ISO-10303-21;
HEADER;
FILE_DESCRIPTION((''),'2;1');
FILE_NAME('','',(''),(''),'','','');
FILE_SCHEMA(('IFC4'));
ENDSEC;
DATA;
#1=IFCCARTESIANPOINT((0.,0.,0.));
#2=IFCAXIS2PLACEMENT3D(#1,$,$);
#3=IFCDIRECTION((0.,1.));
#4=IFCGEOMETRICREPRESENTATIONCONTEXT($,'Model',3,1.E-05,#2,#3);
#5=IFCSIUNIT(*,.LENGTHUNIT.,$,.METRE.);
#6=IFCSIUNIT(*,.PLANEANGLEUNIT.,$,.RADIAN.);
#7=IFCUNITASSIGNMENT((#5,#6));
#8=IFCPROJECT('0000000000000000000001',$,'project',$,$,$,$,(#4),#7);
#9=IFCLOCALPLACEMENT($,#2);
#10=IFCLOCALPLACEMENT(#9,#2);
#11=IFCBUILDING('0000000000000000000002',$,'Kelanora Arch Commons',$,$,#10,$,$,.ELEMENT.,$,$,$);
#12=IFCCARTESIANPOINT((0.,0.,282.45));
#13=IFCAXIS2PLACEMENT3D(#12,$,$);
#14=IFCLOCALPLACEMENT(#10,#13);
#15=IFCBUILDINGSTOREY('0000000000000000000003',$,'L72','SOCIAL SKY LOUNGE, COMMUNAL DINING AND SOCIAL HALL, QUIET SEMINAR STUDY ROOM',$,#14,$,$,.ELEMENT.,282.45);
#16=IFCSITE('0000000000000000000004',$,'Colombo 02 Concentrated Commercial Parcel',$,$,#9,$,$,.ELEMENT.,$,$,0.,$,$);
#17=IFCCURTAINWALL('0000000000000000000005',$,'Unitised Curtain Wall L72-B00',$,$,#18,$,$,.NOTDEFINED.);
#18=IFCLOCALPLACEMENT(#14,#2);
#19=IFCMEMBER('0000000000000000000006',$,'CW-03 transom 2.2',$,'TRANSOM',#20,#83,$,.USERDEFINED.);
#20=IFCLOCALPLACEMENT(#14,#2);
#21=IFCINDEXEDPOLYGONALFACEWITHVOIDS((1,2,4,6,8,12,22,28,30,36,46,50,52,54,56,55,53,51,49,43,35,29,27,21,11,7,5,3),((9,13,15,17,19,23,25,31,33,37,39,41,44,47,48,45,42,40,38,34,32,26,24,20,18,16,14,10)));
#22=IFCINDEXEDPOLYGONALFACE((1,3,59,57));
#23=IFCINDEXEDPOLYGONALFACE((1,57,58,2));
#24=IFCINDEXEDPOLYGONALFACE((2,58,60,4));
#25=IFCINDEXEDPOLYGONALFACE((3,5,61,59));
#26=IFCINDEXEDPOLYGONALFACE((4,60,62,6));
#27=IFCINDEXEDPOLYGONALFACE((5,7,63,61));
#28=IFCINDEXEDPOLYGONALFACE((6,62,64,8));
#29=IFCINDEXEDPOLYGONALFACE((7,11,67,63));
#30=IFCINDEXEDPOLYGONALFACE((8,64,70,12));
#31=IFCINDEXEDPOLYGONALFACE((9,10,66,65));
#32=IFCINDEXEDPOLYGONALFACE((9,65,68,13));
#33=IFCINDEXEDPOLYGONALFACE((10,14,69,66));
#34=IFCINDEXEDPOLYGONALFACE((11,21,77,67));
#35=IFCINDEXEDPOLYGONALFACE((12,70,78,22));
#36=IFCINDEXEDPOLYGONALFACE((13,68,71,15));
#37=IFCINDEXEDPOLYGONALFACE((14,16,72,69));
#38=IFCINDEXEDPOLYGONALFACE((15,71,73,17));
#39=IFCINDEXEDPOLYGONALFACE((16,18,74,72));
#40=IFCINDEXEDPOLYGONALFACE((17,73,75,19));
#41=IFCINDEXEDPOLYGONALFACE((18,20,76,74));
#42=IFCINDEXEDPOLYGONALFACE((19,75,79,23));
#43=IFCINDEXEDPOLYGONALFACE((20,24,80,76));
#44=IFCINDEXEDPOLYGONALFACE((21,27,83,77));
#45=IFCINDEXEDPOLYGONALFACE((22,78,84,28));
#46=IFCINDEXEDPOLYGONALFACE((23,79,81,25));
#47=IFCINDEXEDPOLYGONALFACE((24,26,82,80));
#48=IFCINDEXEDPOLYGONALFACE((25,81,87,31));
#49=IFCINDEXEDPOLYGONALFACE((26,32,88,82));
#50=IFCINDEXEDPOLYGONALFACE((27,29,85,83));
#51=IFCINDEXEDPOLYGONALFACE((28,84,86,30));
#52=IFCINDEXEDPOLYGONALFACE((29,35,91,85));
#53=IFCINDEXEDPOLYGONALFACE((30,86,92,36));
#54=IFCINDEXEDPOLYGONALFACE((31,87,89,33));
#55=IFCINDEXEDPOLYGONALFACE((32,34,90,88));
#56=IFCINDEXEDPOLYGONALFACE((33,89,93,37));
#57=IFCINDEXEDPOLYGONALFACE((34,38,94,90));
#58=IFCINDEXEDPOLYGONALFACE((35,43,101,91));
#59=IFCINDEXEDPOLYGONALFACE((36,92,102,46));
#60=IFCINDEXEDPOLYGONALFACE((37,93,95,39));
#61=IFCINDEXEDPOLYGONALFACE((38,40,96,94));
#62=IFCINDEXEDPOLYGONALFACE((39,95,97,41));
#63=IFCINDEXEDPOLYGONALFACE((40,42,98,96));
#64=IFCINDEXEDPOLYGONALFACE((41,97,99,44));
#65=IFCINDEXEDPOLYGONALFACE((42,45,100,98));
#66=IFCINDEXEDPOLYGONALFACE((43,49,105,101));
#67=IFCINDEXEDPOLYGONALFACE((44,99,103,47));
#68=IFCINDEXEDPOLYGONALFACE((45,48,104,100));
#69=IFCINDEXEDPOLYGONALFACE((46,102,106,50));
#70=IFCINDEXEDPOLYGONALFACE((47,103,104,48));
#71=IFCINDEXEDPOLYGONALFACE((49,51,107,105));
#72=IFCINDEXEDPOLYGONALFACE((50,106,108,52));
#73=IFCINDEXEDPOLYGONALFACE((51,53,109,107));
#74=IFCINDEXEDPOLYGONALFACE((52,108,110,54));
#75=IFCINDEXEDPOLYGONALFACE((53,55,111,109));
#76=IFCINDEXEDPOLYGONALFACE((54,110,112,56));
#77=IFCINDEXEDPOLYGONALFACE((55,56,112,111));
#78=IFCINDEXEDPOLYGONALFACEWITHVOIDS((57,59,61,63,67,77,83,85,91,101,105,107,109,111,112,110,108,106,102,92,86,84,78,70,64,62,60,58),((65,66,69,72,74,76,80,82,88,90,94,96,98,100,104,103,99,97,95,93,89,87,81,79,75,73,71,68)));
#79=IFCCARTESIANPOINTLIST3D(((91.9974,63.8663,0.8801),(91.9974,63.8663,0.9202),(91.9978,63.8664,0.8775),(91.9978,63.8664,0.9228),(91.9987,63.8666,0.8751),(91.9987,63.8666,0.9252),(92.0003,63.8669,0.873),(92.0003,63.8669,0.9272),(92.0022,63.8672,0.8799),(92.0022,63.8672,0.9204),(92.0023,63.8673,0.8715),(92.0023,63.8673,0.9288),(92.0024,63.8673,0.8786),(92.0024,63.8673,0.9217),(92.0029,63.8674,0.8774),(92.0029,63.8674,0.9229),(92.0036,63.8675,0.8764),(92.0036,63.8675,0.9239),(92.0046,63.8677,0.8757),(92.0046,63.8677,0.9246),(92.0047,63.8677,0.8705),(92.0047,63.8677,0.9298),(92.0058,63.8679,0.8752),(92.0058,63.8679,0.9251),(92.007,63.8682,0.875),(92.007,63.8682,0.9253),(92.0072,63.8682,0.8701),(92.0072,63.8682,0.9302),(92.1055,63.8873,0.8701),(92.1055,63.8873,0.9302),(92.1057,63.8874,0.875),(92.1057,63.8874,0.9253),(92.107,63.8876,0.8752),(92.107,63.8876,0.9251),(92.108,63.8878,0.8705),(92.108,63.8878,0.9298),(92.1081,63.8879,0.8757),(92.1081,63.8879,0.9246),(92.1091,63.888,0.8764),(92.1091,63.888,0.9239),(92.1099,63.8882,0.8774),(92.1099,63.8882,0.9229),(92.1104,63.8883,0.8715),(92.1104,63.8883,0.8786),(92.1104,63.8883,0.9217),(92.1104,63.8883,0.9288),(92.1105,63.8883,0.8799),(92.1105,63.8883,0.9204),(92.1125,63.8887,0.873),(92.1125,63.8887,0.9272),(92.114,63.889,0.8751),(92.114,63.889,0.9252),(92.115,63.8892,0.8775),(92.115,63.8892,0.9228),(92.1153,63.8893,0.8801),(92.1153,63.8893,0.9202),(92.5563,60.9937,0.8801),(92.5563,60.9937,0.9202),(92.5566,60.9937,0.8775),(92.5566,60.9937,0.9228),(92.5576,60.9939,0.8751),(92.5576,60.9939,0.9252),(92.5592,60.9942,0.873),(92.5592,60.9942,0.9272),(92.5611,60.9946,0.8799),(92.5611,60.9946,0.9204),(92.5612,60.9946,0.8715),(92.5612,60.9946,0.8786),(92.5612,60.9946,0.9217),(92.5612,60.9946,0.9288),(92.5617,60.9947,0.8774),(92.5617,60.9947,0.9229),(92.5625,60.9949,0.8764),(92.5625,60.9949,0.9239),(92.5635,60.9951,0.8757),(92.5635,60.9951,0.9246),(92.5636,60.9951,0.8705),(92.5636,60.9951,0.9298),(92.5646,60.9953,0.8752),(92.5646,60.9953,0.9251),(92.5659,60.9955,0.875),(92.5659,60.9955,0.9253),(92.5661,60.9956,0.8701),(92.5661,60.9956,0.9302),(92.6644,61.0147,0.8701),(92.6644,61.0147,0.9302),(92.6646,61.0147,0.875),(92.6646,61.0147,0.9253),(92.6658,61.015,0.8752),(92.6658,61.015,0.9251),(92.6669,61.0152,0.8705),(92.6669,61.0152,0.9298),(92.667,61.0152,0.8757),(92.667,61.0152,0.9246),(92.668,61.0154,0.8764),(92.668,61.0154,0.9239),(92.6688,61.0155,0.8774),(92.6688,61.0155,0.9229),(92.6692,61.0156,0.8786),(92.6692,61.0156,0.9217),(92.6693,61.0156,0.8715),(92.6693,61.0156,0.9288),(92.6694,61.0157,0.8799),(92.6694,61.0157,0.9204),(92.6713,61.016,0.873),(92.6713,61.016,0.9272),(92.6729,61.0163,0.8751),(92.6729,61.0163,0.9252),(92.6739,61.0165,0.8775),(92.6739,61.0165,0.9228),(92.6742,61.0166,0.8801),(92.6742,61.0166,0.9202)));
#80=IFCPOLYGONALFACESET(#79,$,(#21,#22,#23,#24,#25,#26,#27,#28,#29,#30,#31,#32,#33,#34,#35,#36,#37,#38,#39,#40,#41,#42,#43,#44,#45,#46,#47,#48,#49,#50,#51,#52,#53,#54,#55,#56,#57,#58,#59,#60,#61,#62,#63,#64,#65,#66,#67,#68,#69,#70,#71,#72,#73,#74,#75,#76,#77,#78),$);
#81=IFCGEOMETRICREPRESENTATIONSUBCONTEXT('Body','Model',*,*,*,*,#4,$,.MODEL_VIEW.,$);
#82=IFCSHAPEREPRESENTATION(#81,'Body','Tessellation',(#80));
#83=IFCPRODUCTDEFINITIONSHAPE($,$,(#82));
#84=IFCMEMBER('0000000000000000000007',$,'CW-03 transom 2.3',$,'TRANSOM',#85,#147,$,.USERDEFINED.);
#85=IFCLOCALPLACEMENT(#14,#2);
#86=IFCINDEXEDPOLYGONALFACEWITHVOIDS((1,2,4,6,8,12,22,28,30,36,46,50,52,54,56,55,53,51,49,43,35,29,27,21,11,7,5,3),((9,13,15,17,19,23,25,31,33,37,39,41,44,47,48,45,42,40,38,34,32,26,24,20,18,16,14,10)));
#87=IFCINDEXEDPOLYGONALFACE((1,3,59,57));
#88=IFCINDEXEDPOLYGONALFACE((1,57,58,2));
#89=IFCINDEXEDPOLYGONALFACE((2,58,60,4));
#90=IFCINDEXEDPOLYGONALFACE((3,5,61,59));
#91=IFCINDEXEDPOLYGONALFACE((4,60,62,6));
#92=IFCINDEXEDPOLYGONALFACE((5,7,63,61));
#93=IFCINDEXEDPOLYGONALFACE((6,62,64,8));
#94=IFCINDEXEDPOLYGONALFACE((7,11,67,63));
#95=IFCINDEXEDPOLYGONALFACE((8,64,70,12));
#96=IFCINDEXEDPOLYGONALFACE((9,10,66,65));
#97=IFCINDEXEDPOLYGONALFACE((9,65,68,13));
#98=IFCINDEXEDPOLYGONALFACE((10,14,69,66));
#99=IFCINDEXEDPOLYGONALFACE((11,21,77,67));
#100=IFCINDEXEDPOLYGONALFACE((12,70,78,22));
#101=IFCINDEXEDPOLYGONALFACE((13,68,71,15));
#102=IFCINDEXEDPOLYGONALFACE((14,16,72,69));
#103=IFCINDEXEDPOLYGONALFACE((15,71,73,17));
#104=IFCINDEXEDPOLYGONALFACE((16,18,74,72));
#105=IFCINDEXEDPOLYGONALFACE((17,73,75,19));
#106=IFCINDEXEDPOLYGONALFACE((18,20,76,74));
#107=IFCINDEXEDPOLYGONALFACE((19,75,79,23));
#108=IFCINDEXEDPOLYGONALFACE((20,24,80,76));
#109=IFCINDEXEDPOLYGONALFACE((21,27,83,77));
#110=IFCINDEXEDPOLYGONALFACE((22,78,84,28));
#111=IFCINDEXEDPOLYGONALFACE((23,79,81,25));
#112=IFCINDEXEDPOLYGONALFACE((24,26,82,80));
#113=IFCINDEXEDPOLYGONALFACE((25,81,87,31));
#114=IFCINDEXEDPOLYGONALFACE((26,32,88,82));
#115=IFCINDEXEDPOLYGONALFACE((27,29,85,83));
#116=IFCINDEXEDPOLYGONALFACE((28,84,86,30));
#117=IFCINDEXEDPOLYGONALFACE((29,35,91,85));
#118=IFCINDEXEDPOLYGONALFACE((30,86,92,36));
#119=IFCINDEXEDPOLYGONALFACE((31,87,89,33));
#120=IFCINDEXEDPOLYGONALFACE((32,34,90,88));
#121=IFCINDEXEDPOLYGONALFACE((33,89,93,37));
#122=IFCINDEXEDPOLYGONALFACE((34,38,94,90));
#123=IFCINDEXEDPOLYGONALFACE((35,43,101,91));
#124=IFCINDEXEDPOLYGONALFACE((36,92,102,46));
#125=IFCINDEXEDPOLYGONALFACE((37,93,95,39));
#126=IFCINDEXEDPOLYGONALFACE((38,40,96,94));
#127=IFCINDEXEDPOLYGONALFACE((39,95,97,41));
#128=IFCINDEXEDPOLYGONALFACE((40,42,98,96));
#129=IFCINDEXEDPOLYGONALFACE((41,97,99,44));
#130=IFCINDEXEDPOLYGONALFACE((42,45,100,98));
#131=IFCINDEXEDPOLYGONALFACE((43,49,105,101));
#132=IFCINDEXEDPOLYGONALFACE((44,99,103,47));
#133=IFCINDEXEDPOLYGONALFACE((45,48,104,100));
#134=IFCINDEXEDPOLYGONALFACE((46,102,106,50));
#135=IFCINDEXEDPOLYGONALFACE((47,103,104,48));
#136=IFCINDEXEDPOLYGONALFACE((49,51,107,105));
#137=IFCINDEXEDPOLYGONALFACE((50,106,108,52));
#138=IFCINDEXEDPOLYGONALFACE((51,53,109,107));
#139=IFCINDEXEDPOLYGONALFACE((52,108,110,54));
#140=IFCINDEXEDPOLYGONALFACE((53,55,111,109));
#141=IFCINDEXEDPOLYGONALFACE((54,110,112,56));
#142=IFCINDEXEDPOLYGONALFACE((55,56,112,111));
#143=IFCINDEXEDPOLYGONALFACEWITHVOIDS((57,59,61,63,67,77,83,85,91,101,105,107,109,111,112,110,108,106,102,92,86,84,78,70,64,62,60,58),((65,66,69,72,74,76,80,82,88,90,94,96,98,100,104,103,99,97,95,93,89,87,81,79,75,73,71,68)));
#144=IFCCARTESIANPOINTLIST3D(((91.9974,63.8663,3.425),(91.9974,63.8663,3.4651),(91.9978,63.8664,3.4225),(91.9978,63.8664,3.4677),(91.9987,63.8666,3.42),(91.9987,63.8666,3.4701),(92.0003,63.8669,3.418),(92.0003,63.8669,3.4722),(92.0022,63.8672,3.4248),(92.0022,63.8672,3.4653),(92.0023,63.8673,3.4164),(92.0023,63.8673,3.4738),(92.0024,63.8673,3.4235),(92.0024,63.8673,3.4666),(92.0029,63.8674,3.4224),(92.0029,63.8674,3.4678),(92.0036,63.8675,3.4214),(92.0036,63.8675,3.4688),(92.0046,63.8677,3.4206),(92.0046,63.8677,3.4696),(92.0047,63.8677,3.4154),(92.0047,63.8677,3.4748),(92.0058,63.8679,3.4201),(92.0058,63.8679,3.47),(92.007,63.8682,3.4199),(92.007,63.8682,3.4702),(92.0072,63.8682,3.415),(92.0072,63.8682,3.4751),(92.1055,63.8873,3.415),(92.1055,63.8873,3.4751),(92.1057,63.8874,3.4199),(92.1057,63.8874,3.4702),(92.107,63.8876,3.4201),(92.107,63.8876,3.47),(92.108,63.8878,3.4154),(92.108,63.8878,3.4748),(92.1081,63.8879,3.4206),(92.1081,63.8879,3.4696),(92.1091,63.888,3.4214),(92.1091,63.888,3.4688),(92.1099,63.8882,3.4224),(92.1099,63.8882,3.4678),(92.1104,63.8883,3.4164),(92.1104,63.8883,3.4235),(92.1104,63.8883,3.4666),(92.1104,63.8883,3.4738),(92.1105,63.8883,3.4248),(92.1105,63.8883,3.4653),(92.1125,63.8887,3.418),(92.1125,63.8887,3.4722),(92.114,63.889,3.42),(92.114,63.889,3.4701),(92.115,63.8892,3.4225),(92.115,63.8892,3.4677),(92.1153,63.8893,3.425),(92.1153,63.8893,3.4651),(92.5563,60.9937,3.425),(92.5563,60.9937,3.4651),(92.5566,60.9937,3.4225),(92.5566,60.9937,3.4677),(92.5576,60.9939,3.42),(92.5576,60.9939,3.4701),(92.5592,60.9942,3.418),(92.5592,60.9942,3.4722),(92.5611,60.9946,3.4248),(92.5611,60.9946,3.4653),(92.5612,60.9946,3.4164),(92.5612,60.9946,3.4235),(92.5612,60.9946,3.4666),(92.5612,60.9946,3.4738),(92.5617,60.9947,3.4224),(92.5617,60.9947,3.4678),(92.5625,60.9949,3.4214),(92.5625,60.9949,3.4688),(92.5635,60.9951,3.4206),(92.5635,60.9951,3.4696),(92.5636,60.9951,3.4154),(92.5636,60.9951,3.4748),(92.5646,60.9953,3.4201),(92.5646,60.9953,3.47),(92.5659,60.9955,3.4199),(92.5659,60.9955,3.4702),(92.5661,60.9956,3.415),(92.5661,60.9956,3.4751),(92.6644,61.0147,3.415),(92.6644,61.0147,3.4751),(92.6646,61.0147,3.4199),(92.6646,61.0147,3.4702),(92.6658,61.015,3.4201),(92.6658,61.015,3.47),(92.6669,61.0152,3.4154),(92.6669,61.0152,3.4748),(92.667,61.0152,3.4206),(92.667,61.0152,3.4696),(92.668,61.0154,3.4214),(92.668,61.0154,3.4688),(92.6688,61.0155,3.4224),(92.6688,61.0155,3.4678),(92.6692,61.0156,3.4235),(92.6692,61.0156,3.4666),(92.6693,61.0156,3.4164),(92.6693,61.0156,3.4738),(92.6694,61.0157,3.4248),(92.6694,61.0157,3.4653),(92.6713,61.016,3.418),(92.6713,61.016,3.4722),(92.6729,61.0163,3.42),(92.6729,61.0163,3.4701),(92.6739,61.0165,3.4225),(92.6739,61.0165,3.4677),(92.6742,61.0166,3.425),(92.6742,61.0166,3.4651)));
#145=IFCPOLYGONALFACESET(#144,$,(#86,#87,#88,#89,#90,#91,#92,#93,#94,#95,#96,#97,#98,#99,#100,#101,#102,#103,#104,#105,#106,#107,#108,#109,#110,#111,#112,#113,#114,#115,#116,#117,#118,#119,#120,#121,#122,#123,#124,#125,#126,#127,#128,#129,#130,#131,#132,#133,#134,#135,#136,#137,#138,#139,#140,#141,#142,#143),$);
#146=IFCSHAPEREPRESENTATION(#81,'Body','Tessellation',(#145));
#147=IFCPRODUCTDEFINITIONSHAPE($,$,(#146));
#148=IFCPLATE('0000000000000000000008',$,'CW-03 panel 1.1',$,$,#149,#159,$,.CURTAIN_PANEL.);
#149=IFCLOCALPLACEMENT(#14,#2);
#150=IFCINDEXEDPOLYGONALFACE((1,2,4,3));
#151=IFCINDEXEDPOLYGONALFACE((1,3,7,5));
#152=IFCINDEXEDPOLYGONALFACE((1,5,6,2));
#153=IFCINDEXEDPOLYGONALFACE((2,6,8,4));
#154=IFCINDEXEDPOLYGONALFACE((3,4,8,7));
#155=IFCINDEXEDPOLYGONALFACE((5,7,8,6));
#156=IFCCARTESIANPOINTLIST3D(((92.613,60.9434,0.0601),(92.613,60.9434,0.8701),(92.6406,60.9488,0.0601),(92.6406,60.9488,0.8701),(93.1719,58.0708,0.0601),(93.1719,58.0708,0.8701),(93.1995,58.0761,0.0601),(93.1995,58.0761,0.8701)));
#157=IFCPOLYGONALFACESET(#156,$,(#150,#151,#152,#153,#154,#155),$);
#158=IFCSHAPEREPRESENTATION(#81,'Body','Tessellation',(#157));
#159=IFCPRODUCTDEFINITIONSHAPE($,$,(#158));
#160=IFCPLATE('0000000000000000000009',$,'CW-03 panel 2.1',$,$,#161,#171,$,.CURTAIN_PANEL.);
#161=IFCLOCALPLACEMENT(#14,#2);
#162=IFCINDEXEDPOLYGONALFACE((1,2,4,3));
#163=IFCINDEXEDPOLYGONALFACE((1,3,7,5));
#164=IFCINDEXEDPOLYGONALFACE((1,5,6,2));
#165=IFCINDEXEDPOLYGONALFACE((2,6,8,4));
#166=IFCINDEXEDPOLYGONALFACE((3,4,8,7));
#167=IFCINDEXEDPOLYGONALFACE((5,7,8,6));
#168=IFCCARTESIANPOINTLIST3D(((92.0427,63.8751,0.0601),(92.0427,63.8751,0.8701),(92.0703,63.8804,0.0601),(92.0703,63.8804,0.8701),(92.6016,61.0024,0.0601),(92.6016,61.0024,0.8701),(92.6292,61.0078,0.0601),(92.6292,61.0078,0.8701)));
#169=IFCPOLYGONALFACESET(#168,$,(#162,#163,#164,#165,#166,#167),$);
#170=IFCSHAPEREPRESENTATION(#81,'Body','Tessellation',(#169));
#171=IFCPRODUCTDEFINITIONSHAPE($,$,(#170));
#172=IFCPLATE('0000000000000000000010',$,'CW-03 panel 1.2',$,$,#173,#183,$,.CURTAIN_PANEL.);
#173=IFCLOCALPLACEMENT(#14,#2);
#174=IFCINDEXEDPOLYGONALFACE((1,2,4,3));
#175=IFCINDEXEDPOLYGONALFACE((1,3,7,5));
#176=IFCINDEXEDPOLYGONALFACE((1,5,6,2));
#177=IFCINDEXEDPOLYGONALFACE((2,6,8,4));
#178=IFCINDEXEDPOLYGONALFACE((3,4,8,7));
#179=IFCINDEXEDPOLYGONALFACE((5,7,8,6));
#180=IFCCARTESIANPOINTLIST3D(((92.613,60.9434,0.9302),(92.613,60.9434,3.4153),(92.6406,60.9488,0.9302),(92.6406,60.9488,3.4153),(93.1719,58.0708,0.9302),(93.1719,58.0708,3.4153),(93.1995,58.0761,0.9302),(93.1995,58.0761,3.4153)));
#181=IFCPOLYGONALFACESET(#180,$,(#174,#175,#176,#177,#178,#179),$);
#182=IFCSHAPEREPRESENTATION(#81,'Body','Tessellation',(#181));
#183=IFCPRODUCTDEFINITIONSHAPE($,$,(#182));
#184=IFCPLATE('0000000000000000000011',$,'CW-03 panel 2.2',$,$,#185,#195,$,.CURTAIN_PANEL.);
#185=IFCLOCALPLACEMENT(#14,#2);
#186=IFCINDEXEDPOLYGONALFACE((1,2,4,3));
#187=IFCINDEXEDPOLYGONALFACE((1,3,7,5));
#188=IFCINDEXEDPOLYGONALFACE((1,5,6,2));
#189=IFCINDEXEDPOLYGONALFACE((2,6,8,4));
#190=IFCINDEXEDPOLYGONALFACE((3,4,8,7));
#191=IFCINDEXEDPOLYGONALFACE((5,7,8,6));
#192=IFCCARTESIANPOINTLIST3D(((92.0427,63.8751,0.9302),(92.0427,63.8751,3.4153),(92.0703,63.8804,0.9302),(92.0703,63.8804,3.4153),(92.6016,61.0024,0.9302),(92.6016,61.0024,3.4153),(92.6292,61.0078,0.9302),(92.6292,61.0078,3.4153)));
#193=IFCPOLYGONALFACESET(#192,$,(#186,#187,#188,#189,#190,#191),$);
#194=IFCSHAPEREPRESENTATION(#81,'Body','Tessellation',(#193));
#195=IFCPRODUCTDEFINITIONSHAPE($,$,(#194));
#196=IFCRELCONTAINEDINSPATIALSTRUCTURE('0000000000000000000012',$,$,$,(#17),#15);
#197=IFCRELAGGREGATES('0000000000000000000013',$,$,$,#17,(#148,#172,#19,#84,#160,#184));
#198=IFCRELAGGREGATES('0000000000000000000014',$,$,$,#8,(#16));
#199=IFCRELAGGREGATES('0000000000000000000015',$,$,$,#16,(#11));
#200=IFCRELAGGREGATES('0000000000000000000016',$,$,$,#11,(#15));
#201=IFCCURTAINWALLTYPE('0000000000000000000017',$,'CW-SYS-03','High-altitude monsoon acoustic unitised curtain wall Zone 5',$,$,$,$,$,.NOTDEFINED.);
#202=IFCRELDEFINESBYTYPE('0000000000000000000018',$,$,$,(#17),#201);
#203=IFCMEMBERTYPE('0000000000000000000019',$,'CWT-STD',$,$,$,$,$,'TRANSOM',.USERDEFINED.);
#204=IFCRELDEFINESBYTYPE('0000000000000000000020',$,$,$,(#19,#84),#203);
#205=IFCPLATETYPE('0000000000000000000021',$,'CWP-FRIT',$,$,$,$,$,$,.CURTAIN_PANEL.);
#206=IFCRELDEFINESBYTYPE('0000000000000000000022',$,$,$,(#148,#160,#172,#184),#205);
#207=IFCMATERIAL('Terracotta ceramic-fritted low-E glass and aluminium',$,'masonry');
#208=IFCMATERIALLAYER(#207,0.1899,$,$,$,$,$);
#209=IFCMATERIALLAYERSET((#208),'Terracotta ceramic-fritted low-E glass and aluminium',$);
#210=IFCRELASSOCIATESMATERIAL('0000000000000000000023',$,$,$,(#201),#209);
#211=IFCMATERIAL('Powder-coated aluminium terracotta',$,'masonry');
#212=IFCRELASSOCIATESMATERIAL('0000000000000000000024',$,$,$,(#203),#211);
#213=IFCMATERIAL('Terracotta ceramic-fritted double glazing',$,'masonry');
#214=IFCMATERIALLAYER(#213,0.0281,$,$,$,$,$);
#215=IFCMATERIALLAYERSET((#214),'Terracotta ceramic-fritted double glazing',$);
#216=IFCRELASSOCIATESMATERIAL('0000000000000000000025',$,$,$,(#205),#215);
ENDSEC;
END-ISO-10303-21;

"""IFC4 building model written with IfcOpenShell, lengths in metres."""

from ifc_helpers import new_model, si_unit, direction, frame, origin, origin_2d, place, context, subcontext, project, spatial, rectangle, hollow_rectangle, extrude, source, transform, mapped, material, layer, layer_set, material_profile, profile_set, type_object, element, aggregate, save


model = new_model("IFC4")

# Units and contexts
model_context = context("Model", 3, precision=1e-05, world=origin(), true_north=direction((0.0, 1.0)))
body_context = subcontext(model_context, "Body", "Model", "MODEL_VIEW")
ifc_project = project(units=[si_unit("LENGTHUNIT", "METRE"), si_unit("PLANEANGLEUNIT", "RADIAN")], contexts=[model_context])

# Site, building, storey
site_placement = place(None, origin())
site = spatial("IfcSite", under=ifc_project, at=site_placement, Name="Colombo 02 Concentrated Commercial Parcel", CompositionType="ELEMENT", RefElevation=0.0)
building_placement = place(site_placement, origin())
building = spatial("IfcBuilding", under=site, at=building_placement, Name="Kelanora Arch Commons", CompositionType="ELEMENT")
storey_placement = place(building_placement, frame((0.0, 0.0, 282.45)))
storey = spatial("IfcBuildingStorey", under=building, at=storey_placement, Name="L72", Description="SOCIAL SKY LOUNGE, COMMUNAL DINING AND SOCIAL HALL, QUIET SEMINAR STUDY ROOM", CompositionType="ELEMENT", Elevation=282.45)

# Curtain wall, members, plates
ifc_material_1 = material(Name="Terracotta ceramic-fritted low-E glass and aluminium", Category="masonry")
ifc_layer_1 = layer(ifc_material_1, 0.1899)
ifc_layer_set_1 = layer_set([ifc_layer_1], Name="Terracotta ceramic-fritted low-E glass and aluminium")
curtain_wall_type = type_object("IfcCurtainWallType", Name="CW-SYS-03", Description="High-altitude monsoon acoustic unitised curtain wall Zone 5", PredefinedType="NOTDEFINED", material=ifc_layer_set_1)
curtain_wall_placement = place(storey_placement, origin())
curtain_wall = element("IfcCurtainWall", 1, at=curtain_wall_placement, inside=storey, type_object=curtain_wall_type, Name="Unitised Curtain Wall L72-B00", PredefinedType="NOTDEFINED")
ifc_material_2 = material(Name="Powder-coated aluminium terracotta", Category="masonry")
ifc_material_profile_1 = material_profile(ifc_material_2, hollow_rectangle(XDim=0.1201, YDim=0.0601, WallThickness=0.0049, InnerFilletRadius=0.0049, OuterFilletRadius=0.01, at=origin_2d()), Name="CWT120x60")
ifc_profile_set_1 = profile_set([ifc_material_profile_1], Name="Powder-coated aluminium terracotta")
member_type_1 = type_object("IfcMemberType", Name="CWT-STD", ElementType="TRANSOM", PredefinedType="USERDEFINED", material=ifc_profile_set_1)
member_1_placement = place(storey_placement, frame((92.6152, 61.0051, 0.9001), z_axis=(-0.190963, 0.981597, 0.0), x_axis=(-0.981597, -0.190963, 0.0)))
member_1 = element("IfcMember", 2, at=member_1_placement, type_object=member_type_1, Name="CW-03 transom 2.2", ObjectType="TRANSOM", PredefinedType="USERDEFINED", context=body_context, shape_type="SweptSolid", body=[
    extrude(hollow_rectangle(XDim=0.1201, YDim=0.0601, WallThickness=0.0049, InnerFilletRadius=0.0049, OuterFilletRadius=0.01, at=origin_2d()), origin(), (0.0, 0.0, 1.0), 2.9265),
])
member_2_placement = place(storey_placement, frame((92.6152, 61.0051, 3.4451), z_axis=(-0.190963, 0.981597, 0.0), x_axis=(-0.981597, -0.190963, 0.0)))
member_2 = element("IfcMember", 3, at=member_2_placement, type_object=member_type_1, Name="CW-03 transom 2.3", ObjectType="TRANSOM", PredefinedType="USERDEFINED", context=body_context, shape_type="SweptSolid", body=[
    extrude(hollow_rectangle(XDim=0.1201, YDim=0.0601, WallThickness=0.0049, InnerFilletRadius=0.0049, OuterFilletRadius=0.01, at=origin_2d()), origin(), (0.0, 0.0, 1.0), 2.9265),
])
ifc_material_3 = material(Name="Terracotta ceramic-fritted double glazing", Category="masonry")
ifc_layer_2 = layer(ifc_material_3, 0.0281)
ifc_layer_set_2 = layer_set([ifc_layer_2], Name="Terracotta ceramic-fritted double glazing")
plate_type = type_object("IfcPlateType", Name="CWP-FRIT", PredefinedType="CURTAIN_PANEL", material=ifc_layer_set_2)
shared_shape_1 = source(origin(), body_context, "Body", "SweptSolid", [
    extrude(rectangle(XDim=2.9265, YDim=0.0281, at=origin_2d()), origin(), (0.0, 0.0, 1.0), 0.8101),
])
plate_1_placement = place(storey_placement, frame((92.9062, 59.5098, 0.0601), z_axis=(0.0, 0.0, 1.0), x_axis=(-0.190972, 0.981596, 0.0)))
plate_1 = element("IfcPlate", 4, at=plate_1_placement, type_object=plate_type, Name="CW-03 panel 1.1", PredefinedType="CURTAIN_PANEL", context=body_context, shape_type="MappedRepresentation", body=[
    mapped(shared_shape_1, transform((0.0, 0.0, 0.0), scale=1.0)),
])
plate_2_placement = place(storey_placement, frame((92.3359, 62.4414, 0.0601), z_axis=(0.0, 0.0, 1.0), x_axis=(-0.190972, 0.981596, 0.0)))
plate_2 = element("IfcPlate", 5, at=plate_2_placement, type_object=plate_type, Name="CW-03 panel 2.1", PredefinedType="CURTAIN_PANEL", context=body_context, shape_type="MappedRepresentation", body=[
    mapped(shared_shape_1, transform((0.0, 0.0, 0.0), scale=1.0)),
])
shared_shape_2 = source(origin(), body_context, "Body", "SweptSolid", [
    extrude(rectangle(XDim=2.9265, YDim=0.0281, at=origin_2d()), origin(), (0.0, 0.0, 1.0), 2.4851),
])
plate_3_placement = place(storey_placement, frame((92.9062, 59.5098, 0.9302), z_axis=(0.0, 0.0, 1.0), x_axis=(-0.190972, 0.981596, 0.0)))
plate_3 = element("IfcPlate", 6, at=plate_3_placement, type_object=plate_type, Name="CW-03 panel 1.2", PredefinedType="CURTAIN_PANEL", context=body_context, shape_type="MappedRepresentation", body=[
    mapped(shared_shape_2, transform((0.0, 0.0, 0.0), scale=1.0)),
])
plate_4_placement = place(storey_placement, frame((92.3359, 62.4414, 0.9302), z_axis=(0.0, 0.0, 1.0), x_axis=(-0.190972, 0.981596, 0.0)))
plate_4 = element("IfcPlate", 7, at=plate_4_placement, type_object=plate_type, Name="CW-03 panel 2.2", PredefinedType="CURTAIN_PANEL", context=body_context, shape_type="MappedRepresentation", body=[
    mapped(shared_shape_2, transform((0.0, 0.0, 0.0), scale=1.0)),
])
aggregate(curtain_wall, [plate_1, plate_3, member_1, member_2, plate_2, plate_4])

save(model, "model.ifc")
